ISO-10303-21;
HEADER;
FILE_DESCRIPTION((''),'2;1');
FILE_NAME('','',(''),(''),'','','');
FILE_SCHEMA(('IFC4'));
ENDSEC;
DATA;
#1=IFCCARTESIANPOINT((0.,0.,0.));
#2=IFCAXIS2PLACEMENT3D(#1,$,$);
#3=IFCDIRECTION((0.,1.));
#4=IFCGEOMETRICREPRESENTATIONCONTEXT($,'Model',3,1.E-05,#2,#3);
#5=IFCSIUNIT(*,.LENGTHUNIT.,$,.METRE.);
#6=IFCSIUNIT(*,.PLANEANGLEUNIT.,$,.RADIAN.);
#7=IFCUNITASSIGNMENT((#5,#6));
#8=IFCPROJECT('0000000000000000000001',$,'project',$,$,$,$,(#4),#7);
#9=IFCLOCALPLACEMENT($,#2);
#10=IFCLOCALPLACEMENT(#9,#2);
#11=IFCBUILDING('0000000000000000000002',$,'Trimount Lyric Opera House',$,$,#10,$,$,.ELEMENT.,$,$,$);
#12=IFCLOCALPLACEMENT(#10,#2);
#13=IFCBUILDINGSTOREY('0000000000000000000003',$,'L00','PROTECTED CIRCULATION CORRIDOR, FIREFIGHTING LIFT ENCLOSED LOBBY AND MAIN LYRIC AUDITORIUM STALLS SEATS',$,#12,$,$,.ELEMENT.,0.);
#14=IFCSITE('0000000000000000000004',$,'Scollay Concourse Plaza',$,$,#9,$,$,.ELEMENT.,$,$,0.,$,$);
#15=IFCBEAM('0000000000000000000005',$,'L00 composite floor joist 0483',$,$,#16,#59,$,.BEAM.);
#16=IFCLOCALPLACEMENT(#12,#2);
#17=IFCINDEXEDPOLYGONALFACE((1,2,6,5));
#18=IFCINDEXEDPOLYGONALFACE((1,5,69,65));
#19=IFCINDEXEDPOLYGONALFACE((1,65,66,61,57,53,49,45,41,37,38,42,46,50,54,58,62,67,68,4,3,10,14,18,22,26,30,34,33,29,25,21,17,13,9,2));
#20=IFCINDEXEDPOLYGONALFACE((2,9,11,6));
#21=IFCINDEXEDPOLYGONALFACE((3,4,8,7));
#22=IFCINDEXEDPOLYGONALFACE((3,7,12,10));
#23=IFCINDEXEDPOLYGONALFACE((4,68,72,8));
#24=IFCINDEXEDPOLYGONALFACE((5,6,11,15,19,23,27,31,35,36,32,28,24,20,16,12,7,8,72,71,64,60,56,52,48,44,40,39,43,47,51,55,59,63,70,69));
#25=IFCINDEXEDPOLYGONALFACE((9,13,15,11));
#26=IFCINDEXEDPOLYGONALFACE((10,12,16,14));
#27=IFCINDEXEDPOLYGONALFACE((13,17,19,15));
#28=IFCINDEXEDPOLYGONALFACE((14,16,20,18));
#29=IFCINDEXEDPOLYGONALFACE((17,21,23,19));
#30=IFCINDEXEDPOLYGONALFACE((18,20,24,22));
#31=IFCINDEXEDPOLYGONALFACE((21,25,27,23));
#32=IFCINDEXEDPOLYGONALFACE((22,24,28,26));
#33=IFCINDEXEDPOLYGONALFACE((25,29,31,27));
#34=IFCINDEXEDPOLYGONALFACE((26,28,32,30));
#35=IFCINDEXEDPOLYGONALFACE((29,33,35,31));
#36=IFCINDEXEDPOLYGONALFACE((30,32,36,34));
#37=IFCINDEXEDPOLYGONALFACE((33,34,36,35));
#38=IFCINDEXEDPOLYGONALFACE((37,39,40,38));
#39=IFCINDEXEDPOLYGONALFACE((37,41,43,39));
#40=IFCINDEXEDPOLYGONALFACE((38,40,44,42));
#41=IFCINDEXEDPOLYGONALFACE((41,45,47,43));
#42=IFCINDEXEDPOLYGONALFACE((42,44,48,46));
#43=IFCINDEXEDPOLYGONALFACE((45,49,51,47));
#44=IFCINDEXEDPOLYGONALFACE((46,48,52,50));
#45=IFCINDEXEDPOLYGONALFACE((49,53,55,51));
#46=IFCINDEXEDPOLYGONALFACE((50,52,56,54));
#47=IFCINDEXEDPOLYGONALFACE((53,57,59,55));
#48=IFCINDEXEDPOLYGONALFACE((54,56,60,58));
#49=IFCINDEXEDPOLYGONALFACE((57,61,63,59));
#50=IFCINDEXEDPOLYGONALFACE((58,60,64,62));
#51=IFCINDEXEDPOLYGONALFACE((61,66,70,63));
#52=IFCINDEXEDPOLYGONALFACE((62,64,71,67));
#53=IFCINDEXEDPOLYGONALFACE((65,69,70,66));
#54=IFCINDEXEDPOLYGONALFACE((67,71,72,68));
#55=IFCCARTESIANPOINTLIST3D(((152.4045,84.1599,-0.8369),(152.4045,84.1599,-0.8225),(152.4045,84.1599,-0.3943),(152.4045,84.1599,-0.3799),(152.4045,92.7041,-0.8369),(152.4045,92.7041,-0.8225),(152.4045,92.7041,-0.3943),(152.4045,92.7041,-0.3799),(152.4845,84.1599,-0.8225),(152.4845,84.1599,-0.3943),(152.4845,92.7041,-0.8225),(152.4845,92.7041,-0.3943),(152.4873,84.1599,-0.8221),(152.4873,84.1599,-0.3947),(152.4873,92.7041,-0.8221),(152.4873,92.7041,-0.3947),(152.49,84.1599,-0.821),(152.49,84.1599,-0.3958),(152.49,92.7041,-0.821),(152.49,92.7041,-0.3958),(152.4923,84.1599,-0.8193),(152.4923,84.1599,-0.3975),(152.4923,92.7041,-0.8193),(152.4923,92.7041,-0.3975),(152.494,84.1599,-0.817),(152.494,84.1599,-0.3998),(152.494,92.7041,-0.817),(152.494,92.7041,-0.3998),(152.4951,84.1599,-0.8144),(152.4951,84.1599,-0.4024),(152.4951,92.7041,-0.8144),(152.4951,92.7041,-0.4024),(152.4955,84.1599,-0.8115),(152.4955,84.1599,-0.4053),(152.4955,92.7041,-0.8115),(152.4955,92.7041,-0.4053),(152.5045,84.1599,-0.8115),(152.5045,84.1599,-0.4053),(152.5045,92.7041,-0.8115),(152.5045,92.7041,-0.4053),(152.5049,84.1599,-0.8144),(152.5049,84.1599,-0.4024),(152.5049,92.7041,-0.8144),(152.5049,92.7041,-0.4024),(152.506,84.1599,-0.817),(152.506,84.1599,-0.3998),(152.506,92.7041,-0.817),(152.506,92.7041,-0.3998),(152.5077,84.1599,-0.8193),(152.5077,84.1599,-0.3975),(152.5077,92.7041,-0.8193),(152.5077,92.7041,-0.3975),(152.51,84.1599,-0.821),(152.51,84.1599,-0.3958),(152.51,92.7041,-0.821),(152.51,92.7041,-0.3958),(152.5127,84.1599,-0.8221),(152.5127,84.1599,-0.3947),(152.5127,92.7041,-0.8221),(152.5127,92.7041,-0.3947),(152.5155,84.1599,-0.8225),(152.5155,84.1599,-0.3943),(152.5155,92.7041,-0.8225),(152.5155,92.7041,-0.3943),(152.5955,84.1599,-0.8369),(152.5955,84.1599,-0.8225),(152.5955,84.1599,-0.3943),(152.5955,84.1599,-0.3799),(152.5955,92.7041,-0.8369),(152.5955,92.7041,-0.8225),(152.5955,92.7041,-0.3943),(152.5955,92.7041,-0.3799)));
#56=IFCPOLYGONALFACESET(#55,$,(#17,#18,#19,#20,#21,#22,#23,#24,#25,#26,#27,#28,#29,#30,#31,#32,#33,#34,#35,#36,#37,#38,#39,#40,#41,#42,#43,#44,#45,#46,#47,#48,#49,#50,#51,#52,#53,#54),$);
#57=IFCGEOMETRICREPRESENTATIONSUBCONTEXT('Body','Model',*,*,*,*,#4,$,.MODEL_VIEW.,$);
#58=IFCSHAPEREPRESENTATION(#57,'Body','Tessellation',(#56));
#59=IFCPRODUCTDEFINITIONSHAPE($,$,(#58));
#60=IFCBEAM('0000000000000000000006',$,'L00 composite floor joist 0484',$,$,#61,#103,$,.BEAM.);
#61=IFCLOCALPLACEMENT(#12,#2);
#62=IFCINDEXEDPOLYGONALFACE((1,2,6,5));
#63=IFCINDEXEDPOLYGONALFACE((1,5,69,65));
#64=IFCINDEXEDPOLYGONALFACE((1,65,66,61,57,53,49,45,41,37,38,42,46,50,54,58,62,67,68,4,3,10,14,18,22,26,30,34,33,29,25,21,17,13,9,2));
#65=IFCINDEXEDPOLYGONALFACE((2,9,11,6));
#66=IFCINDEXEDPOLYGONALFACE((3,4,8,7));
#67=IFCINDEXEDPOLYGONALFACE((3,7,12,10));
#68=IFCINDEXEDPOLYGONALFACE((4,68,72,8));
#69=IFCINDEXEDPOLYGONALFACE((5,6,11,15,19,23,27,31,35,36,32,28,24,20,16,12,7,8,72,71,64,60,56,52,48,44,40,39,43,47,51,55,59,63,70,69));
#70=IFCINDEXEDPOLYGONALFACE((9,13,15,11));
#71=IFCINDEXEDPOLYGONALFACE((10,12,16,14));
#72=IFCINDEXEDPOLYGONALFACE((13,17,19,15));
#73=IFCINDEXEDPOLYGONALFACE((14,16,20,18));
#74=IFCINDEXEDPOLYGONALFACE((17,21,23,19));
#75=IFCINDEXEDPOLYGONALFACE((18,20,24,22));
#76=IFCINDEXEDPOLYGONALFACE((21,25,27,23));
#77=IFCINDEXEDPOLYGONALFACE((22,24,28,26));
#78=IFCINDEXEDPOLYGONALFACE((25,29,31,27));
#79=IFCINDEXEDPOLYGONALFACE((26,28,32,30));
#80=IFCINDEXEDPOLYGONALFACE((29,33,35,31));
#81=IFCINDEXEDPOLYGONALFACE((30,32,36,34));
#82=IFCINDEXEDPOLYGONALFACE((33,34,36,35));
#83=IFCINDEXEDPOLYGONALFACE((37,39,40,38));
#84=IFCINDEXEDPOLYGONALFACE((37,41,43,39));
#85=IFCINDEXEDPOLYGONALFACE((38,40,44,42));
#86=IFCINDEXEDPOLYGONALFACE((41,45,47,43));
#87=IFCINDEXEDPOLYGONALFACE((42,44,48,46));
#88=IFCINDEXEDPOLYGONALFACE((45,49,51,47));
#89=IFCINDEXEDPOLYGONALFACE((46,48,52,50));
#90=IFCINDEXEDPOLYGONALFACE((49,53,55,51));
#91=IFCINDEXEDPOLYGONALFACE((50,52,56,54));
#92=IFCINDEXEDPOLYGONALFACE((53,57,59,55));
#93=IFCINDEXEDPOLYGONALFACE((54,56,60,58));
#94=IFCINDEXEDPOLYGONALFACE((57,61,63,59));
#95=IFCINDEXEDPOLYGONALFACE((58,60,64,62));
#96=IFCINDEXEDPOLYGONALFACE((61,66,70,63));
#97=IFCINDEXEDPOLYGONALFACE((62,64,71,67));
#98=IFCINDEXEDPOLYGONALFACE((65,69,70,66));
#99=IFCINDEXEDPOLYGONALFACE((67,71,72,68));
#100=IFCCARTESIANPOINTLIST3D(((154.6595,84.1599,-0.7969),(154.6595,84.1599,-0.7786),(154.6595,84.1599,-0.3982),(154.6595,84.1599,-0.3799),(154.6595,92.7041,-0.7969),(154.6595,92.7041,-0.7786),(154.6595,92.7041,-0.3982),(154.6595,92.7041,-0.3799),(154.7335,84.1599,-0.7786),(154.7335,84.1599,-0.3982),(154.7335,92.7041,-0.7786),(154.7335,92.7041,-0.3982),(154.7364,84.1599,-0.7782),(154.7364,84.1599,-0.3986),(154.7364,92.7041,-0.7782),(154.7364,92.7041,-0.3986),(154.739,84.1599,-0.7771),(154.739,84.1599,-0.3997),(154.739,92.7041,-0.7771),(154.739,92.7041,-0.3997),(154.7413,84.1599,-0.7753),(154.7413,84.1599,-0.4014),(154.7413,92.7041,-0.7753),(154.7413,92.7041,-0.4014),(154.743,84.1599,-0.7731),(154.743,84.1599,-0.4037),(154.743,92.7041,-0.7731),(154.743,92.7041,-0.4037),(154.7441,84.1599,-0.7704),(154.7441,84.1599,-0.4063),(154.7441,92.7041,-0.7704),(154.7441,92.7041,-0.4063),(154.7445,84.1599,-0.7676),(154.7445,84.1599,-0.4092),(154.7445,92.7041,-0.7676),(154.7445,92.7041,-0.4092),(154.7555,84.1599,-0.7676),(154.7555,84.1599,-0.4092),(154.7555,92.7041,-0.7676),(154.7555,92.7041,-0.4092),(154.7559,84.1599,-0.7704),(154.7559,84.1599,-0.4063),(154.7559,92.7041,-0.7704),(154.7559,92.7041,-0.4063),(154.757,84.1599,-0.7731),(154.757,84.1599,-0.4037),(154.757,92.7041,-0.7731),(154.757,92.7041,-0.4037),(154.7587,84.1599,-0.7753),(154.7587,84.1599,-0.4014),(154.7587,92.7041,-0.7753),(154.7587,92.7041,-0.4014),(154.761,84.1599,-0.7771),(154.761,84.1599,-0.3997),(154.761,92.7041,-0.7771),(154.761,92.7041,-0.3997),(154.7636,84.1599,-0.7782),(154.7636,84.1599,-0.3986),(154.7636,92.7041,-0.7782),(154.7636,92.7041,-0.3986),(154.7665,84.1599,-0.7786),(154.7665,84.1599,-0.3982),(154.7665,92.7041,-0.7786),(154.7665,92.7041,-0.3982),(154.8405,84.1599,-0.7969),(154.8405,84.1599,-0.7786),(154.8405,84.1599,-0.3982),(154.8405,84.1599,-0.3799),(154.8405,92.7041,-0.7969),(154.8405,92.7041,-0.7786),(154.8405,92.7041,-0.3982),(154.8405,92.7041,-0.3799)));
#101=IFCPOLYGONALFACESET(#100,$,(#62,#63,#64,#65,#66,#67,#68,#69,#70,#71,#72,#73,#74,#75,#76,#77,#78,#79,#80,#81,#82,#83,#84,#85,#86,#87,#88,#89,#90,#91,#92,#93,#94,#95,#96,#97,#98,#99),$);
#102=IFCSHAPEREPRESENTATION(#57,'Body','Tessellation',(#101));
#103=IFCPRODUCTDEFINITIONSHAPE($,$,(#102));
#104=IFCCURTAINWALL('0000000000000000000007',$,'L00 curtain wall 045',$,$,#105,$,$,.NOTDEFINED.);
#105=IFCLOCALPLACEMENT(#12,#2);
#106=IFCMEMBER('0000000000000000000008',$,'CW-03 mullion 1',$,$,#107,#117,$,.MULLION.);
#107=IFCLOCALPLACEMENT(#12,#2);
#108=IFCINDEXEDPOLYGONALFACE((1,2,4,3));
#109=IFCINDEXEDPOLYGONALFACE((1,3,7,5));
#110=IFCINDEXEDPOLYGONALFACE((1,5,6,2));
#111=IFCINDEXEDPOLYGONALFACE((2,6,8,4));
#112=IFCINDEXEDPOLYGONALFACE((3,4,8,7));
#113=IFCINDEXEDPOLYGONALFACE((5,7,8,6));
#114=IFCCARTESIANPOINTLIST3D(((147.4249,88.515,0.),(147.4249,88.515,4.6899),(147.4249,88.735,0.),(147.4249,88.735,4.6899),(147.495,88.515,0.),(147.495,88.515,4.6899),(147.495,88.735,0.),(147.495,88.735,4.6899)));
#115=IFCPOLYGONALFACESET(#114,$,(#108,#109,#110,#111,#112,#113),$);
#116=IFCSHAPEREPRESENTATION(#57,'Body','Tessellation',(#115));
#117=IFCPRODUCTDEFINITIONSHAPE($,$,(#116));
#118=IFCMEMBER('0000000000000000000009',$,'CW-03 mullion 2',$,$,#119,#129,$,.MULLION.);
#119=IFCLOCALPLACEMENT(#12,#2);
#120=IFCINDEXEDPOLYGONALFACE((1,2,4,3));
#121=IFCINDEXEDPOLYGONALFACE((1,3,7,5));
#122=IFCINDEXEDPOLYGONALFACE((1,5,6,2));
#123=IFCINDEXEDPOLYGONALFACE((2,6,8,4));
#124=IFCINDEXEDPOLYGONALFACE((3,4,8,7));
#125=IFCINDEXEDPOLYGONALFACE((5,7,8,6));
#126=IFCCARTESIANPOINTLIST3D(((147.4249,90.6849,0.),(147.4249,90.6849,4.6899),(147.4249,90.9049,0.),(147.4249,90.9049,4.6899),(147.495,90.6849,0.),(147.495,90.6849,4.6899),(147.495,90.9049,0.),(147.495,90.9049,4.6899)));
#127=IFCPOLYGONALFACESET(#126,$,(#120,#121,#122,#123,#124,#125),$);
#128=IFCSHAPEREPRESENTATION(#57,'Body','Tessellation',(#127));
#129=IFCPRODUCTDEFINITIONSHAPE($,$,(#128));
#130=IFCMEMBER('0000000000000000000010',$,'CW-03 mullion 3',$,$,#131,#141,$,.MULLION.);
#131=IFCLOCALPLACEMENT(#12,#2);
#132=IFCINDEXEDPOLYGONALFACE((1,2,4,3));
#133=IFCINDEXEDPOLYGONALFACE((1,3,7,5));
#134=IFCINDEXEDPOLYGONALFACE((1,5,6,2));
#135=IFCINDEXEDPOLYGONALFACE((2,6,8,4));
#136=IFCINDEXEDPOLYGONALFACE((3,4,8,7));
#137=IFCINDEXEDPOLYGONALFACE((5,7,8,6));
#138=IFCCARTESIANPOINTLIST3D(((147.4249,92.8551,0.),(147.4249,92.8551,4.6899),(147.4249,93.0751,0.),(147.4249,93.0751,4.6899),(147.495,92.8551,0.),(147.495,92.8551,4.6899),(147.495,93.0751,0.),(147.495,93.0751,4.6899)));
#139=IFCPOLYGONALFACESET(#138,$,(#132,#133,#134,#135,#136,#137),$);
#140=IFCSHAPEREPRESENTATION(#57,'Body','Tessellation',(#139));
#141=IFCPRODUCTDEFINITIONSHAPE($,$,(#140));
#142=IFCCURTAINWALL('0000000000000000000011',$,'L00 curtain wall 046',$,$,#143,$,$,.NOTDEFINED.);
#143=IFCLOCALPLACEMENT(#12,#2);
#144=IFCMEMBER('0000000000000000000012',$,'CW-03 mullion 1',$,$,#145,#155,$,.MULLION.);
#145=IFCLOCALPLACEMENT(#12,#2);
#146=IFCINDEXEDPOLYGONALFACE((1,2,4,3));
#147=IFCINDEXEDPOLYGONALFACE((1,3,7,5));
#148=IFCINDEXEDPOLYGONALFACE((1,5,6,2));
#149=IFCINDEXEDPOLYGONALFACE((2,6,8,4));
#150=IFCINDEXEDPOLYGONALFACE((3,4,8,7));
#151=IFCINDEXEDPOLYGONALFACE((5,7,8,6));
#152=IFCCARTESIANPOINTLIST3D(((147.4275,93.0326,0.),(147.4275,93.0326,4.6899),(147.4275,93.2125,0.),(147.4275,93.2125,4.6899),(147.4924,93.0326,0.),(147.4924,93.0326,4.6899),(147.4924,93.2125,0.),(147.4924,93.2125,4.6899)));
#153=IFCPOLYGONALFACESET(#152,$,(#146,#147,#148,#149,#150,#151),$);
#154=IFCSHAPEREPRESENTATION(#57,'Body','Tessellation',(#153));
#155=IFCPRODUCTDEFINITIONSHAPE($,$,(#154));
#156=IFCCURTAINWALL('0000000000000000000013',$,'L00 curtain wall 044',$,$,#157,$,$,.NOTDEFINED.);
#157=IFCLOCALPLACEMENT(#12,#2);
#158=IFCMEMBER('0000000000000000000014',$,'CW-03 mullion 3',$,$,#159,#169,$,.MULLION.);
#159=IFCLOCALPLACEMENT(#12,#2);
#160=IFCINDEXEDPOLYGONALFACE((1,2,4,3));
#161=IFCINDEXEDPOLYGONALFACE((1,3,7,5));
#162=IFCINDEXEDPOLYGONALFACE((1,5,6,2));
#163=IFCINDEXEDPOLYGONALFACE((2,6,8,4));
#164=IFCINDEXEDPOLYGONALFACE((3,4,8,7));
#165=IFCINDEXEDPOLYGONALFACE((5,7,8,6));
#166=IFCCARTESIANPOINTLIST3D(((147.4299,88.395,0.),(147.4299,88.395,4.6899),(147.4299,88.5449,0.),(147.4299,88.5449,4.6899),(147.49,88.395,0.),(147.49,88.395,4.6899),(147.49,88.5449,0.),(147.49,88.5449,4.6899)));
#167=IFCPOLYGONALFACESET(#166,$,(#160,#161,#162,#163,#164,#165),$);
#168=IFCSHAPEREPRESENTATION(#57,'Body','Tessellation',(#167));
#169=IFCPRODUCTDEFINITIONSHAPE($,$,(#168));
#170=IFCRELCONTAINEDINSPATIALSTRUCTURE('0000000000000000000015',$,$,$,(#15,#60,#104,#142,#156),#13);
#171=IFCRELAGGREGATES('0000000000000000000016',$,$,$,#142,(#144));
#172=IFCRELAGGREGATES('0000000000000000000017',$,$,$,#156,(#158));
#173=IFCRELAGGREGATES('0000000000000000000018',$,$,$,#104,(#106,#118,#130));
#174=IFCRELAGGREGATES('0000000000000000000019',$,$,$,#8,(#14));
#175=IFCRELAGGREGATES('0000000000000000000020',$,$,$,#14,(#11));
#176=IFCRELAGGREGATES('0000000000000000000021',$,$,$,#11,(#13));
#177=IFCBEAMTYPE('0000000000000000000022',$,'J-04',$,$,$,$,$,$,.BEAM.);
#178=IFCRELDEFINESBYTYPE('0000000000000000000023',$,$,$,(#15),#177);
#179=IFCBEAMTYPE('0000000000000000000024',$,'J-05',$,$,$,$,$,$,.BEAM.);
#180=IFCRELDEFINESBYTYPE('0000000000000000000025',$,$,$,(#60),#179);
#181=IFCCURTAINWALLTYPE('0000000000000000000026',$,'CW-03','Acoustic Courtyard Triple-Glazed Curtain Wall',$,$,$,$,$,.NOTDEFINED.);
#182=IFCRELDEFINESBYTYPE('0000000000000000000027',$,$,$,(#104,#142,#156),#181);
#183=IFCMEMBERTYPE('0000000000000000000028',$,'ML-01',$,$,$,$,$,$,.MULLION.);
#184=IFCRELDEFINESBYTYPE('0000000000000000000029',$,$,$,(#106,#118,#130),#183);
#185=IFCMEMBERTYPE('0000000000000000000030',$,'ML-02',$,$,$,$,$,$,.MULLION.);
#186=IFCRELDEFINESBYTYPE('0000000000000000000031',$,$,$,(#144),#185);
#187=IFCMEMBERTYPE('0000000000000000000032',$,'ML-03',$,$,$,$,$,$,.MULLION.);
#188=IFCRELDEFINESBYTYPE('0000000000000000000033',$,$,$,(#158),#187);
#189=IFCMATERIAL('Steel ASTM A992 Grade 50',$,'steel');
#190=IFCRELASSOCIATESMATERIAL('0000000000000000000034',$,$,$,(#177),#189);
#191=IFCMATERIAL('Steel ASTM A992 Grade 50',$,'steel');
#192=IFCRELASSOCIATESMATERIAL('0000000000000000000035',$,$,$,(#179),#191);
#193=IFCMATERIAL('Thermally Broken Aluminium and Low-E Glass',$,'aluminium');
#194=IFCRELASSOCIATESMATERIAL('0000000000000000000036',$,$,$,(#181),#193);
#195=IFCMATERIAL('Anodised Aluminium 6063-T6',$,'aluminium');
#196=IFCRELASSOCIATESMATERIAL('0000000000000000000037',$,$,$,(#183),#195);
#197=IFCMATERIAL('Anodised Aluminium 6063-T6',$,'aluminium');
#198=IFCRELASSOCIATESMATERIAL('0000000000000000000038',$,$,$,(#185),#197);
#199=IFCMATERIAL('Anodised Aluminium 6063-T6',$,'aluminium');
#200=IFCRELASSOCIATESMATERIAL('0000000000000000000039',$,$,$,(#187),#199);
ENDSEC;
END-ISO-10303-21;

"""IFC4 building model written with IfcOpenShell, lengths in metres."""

from ifc_helpers import new_model, si_unit, direction, frame, origin, origin_2d, place, context, subcontext, project, spatial, rectangle, i_section, extrude, material, material_profile, profile_set, type_object, element, aggregate, save


model = new_model("IFC4")

# Units and contexts
model_context = context("Model", 3, precision=1e-05, world=origin(), true_north=direction((0.0, 1.0)))
body_context = subcontext(model_context, "Body", "Model", "MODEL_VIEW")
ifc_project = project(units=[si_unit("LENGTHUNIT", "METRE"), si_unit("PLANEANGLEUNIT", "RADIAN")], contexts=[model_context])

# Site, building, storey
site_placement = place(None, origin())
site = spatial("IfcSite", under=ifc_project, at=site_placement, Name="Scollay Concourse Plaza", CompositionType="ELEMENT", RefElevation=0.0)
building_placement = place(site_placement, origin())
building = spatial("IfcBuilding", under=site, at=building_placement, Name="Trimount Lyric Opera House", CompositionType="ELEMENT")
storey_placement = place(building_placement, origin())
storey = spatial("IfcBuildingStorey", under=building, at=storey_placement, Name="L00", Description="PROTECTED CIRCULATION CORRIDOR, FIREFIGHTING LIFT ENCLOSED LOBBY AND MAIN LYRIC AUDITORIUM STALLS SEATS", CompositionType="ELEMENT", Elevation=0.0)

# Beams
ifc_material_1 = material(Name="Steel ASTM A992 Grade 50", Category="steel")
ifc_material_profile_1 = material_profile(ifc_material_1, i_section(OverallWidth=0.1909, OverallDepth=0.457, WebThickness=0.009, FlangeThickness=0.0144, FilletRadius=0.011, at=origin_2d()), Name="W18X50")
ifc_profile_set_1 = profile_set([ifc_material_profile_1], Name="Steel ASTM A992 Grade 50")
beam_type_1 = type_object("IfcBeamType", Name="J-04", PredefinedType="BEAM", material=ifc_profile_set_1)
beam_1_placement = place(storey_placement, frame((152.5, 84.1599, -0.6084), z_axis=(0.0, 1.0, 0.0), x_axis=(-1.0, 0.0, 0.0)))
element("IfcBeam", 1, at=beam_1_placement, inside=storey, type_object=beam_type_1, Name="L00 composite floor joist 0483", PredefinedType="BEAM", context=body_context, shape_type="SweptSolid", body=[
    extrude(i_section(OverallWidth=0.1909, OverallDepth=0.457, WebThickness=0.009, FlangeThickness=0.0144, FilletRadius=0.011, at=origin_2d()), origin(), (0.0, 0.0, 1.0), 8.5442),
])
ifc_material_2 = material(Name="Steel ASTM A992 Grade 50", Category="steel")
ifc_material_profile_2 = material_profile(ifc_material_2, i_section(OverallWidth=0.1809, OverallDepth=0.417, WebThickness=0.011, FlangeThickness=0.0183, FilletRadius=0.011, at=origin_2d()), Name="W16X57")
ifc_profile_set_2 = profile_set([ifc_material_profile_2], Name="Steel ASTM A992 Grade 50")
beam_type_2 = type_object("IfcBeamType", Name="J-05", PredefinedType="BEAM", material=ifc_profile_set_2)
beam_2_placement = place(storey_placement, frame((154.75, 84.1599, -0.5884), z_axis=(0.0, 1.0, 0.0), x_axis=(-1.0, 0.0, 0.0)))
element("IfcBeam", 2, at=beam_2_placement, inside=storey, type_object=beam_type_2, Name="L00 composite floor joist 0484", PredefinedType="BEAM", context=body_context, shape_type="SweptSolid", body=[
    extrude(i_section(OverallWidth=0.1809, OverallDepth=0.417, WebThickness=0.011, FlangeThickness=0.0183, FilletRadius=0.011, at=origin_2d()), origin(), (0.0, 0.0, 1.0), 8.5442),
])

# Curtain wall, members
ifc_material_3 = material(Name="Thermally Broken Aluminium and Low-E Glass", Category="aluminium")
curtain_wall_type = type_object("IfcCurtainWallType", Name="CW-03", Description="Acoustic Courtyard Triple-Glazed Curtain Wall", PredefinedType="NOTDEFINED", material=ifc_material_3)
curtain_wall_1_placement = place(storey_placement, origin())
curtain_wall_1 = element("IfcCurtainWall", 3, at=curtain_wall_1_placement, inside=storey, type_object=curtain_wall_type, Name="L00 curtain wall 045", PredefinedType="NOTDEFINED")
ifc_material_4 = material(Name="Anodised Aluminium 6063-T6", Category="aluminium")
ifc_material_profile_3 = material_profile(ifc_material_4, rectangle(XDim=0.0701, YDim=0.22, at=origin_2d()), Name="ALU-MULL-70X220")
ifc_profile_set_3 = profile_set([ifc_material_profile_3], Name="Anodised Aluminium 6063-T6")
member_type_1 = type_object("IfcMemberType", Name="ML-01", PredefinedType="MULLION", material=ifc_profile_set_3)
member_1_placement = place(storey_placement, frame((147.46, 88.625, 0.0), z_axis=(0.0, 0.0, 1.0), x_axis=(-1.0, 0.0, 0.0)))
member_1 = element("IfcMember", 4, at=member_1_placement, type_object=member_type_1, Name="CW-03 mullion 1", PredefinedType="MULLION", context=body_context, shape_type="SweptSolid", body=[
    extrude(rectangle(XDim=0.0701, YDim=0.22, at=origin_2d()), origin(), (0.0, 0.0, 1.0), 4.6899),
])
member_2_placement = place(storey_placement, frame((147.46, 90.7949, 0.0), z_axis=(0.0, 0.0, 1.0), x_axis=(-1.0, 0.0, 0.0)))
member_2 = element("IfcMember", 5, at=member_2_placement, type_object=member_type_1, Name="CW-03 mullion 2", PredefinedType="MULLION", context=body_context, shape_type="SweptSolid", body=[
    extrude(rectangle(XDim=0.0701, YDim=0.22, at=origin_2d()), origin(), (0.0, 0.0, 1.0), 4.6899),
])
member_3_placement = place(storey_placement, frame((147.46, 92.9651, 0.0), z_axis=(0.0, 0.0, 1.0), x_axis=(-1.0, 0.0, 0.0)))
member_3 = element("IfcMember", 6, at=member_3_placement, type_object=member_type_1, Name="CW-03 mullion 3", PredefinedType="MULLION", context=body_context, shape_type="SweptSolid", body=[
    extrude(rectangle(XDim=0.0701, YDim=0.22, at=origin_2d()), origin(), (0.0, 0.0, 1.0), 4.6899),
])

# Curtain walls, members
curtain_wall_2_placement = place(storey_placement, origin())
curtain_wall_2 = element("IfcCurtainWall", 7, at=curtain_wall_2_placement, inside=storey, type_object=curtain_wall_type, Name="L00 curtain wall 046", PredefinedType="NOTDEFINED")
ifc_material_5 = material(Name="Anodised Aluminium 6063-T6", Category="aluminium")
ifc_material_profile_4 = material_profile(ifc_material_5, rectangle(XDim=0.0649, YDim=0.1799, at=origin_2d()), Name="ALU-MULL-65X180")
ifc_profile_set_4 = profile_set([ifc_material_profile_4], Name="Anodised Aluminium 6063-T6")
member_type_2 = type_object("IfcMemberType", Name="ML-02", PredefinedType="MULLION", material=ifc_profile_set_4)
member_4_placement = place(storey_placement, frame((147.46, 93.1226, 0.0), z_axis=(0.0, 0.0, 1.0), x_axis=(-1.0, 0.0, 0.0)))
member_4 = element("IfcMember", 8, at=member_4_placement, type_object=member_type_2, Name="CW-03 mullion 1", PredefinedType="MULLION", context=body_context, shape_type="SweptSolid", body=[
    extrude(rectangle(XDim=0.0649, YDim=0.1799, at=origin_2d()), origin(), (0.0, 0.0, 1.0), 4.6899),
])
curtain_wall_3_placement = place(storey_placement, origin())
curtain_wall_3 = element("IfcCurtainWall", 9, at=curtain_wall_3_placement, inside=storey, type_object=curtain_wall_type, Name="L00 curtain wall 044", PredefinedType="NOTDEFINED")
ifc_material_6 = material(Name="Anodised Aluminium 6063-T6", Category="aluminium")
ifc_material_profile_5 = material_profile(ifc_material_6, rectangle(XDim=0.0601, YDim=0.1499, at=origin_2d()), Name="ALU-MULL-60X150")
ifc_profile_set_5 = profile_set([ifc_material_profile_5], Name="Anodised Aluminium 6063-T6")
member_type_3 = type_object("IfcMemberType", Name="ML-03", PredefinedType="MULLION", material=ifc_profile_set_5)
member_5_placement = place(storey_placement, frame((147.46, 88.47, 0.0), z_axis=(0.0, 0.0, 1.0), x_axis=(-1.0, 0.0, 0.0)))
member_5 = element("IfcMember", 10, at=member_5_placement, type_object=member_type_3, Name="CW-03 mullion 3", PredefinedType="MULLION", context=body_context, shape_type="SweptSolid", body=[
    extrude(rectangle(XDim=0.0601, YDim=0.1499, at=origin_2d()), origin(), (0.0, 0.0, 1.0), 4.6899),
])

aggregate(curtain_wall_2, [member_4])

aggregate(curtain_wall_3, [member_5])
aggregate(curtain_wall_1, [member_1, member_2, member_3])

save(model, "model.ifc")
